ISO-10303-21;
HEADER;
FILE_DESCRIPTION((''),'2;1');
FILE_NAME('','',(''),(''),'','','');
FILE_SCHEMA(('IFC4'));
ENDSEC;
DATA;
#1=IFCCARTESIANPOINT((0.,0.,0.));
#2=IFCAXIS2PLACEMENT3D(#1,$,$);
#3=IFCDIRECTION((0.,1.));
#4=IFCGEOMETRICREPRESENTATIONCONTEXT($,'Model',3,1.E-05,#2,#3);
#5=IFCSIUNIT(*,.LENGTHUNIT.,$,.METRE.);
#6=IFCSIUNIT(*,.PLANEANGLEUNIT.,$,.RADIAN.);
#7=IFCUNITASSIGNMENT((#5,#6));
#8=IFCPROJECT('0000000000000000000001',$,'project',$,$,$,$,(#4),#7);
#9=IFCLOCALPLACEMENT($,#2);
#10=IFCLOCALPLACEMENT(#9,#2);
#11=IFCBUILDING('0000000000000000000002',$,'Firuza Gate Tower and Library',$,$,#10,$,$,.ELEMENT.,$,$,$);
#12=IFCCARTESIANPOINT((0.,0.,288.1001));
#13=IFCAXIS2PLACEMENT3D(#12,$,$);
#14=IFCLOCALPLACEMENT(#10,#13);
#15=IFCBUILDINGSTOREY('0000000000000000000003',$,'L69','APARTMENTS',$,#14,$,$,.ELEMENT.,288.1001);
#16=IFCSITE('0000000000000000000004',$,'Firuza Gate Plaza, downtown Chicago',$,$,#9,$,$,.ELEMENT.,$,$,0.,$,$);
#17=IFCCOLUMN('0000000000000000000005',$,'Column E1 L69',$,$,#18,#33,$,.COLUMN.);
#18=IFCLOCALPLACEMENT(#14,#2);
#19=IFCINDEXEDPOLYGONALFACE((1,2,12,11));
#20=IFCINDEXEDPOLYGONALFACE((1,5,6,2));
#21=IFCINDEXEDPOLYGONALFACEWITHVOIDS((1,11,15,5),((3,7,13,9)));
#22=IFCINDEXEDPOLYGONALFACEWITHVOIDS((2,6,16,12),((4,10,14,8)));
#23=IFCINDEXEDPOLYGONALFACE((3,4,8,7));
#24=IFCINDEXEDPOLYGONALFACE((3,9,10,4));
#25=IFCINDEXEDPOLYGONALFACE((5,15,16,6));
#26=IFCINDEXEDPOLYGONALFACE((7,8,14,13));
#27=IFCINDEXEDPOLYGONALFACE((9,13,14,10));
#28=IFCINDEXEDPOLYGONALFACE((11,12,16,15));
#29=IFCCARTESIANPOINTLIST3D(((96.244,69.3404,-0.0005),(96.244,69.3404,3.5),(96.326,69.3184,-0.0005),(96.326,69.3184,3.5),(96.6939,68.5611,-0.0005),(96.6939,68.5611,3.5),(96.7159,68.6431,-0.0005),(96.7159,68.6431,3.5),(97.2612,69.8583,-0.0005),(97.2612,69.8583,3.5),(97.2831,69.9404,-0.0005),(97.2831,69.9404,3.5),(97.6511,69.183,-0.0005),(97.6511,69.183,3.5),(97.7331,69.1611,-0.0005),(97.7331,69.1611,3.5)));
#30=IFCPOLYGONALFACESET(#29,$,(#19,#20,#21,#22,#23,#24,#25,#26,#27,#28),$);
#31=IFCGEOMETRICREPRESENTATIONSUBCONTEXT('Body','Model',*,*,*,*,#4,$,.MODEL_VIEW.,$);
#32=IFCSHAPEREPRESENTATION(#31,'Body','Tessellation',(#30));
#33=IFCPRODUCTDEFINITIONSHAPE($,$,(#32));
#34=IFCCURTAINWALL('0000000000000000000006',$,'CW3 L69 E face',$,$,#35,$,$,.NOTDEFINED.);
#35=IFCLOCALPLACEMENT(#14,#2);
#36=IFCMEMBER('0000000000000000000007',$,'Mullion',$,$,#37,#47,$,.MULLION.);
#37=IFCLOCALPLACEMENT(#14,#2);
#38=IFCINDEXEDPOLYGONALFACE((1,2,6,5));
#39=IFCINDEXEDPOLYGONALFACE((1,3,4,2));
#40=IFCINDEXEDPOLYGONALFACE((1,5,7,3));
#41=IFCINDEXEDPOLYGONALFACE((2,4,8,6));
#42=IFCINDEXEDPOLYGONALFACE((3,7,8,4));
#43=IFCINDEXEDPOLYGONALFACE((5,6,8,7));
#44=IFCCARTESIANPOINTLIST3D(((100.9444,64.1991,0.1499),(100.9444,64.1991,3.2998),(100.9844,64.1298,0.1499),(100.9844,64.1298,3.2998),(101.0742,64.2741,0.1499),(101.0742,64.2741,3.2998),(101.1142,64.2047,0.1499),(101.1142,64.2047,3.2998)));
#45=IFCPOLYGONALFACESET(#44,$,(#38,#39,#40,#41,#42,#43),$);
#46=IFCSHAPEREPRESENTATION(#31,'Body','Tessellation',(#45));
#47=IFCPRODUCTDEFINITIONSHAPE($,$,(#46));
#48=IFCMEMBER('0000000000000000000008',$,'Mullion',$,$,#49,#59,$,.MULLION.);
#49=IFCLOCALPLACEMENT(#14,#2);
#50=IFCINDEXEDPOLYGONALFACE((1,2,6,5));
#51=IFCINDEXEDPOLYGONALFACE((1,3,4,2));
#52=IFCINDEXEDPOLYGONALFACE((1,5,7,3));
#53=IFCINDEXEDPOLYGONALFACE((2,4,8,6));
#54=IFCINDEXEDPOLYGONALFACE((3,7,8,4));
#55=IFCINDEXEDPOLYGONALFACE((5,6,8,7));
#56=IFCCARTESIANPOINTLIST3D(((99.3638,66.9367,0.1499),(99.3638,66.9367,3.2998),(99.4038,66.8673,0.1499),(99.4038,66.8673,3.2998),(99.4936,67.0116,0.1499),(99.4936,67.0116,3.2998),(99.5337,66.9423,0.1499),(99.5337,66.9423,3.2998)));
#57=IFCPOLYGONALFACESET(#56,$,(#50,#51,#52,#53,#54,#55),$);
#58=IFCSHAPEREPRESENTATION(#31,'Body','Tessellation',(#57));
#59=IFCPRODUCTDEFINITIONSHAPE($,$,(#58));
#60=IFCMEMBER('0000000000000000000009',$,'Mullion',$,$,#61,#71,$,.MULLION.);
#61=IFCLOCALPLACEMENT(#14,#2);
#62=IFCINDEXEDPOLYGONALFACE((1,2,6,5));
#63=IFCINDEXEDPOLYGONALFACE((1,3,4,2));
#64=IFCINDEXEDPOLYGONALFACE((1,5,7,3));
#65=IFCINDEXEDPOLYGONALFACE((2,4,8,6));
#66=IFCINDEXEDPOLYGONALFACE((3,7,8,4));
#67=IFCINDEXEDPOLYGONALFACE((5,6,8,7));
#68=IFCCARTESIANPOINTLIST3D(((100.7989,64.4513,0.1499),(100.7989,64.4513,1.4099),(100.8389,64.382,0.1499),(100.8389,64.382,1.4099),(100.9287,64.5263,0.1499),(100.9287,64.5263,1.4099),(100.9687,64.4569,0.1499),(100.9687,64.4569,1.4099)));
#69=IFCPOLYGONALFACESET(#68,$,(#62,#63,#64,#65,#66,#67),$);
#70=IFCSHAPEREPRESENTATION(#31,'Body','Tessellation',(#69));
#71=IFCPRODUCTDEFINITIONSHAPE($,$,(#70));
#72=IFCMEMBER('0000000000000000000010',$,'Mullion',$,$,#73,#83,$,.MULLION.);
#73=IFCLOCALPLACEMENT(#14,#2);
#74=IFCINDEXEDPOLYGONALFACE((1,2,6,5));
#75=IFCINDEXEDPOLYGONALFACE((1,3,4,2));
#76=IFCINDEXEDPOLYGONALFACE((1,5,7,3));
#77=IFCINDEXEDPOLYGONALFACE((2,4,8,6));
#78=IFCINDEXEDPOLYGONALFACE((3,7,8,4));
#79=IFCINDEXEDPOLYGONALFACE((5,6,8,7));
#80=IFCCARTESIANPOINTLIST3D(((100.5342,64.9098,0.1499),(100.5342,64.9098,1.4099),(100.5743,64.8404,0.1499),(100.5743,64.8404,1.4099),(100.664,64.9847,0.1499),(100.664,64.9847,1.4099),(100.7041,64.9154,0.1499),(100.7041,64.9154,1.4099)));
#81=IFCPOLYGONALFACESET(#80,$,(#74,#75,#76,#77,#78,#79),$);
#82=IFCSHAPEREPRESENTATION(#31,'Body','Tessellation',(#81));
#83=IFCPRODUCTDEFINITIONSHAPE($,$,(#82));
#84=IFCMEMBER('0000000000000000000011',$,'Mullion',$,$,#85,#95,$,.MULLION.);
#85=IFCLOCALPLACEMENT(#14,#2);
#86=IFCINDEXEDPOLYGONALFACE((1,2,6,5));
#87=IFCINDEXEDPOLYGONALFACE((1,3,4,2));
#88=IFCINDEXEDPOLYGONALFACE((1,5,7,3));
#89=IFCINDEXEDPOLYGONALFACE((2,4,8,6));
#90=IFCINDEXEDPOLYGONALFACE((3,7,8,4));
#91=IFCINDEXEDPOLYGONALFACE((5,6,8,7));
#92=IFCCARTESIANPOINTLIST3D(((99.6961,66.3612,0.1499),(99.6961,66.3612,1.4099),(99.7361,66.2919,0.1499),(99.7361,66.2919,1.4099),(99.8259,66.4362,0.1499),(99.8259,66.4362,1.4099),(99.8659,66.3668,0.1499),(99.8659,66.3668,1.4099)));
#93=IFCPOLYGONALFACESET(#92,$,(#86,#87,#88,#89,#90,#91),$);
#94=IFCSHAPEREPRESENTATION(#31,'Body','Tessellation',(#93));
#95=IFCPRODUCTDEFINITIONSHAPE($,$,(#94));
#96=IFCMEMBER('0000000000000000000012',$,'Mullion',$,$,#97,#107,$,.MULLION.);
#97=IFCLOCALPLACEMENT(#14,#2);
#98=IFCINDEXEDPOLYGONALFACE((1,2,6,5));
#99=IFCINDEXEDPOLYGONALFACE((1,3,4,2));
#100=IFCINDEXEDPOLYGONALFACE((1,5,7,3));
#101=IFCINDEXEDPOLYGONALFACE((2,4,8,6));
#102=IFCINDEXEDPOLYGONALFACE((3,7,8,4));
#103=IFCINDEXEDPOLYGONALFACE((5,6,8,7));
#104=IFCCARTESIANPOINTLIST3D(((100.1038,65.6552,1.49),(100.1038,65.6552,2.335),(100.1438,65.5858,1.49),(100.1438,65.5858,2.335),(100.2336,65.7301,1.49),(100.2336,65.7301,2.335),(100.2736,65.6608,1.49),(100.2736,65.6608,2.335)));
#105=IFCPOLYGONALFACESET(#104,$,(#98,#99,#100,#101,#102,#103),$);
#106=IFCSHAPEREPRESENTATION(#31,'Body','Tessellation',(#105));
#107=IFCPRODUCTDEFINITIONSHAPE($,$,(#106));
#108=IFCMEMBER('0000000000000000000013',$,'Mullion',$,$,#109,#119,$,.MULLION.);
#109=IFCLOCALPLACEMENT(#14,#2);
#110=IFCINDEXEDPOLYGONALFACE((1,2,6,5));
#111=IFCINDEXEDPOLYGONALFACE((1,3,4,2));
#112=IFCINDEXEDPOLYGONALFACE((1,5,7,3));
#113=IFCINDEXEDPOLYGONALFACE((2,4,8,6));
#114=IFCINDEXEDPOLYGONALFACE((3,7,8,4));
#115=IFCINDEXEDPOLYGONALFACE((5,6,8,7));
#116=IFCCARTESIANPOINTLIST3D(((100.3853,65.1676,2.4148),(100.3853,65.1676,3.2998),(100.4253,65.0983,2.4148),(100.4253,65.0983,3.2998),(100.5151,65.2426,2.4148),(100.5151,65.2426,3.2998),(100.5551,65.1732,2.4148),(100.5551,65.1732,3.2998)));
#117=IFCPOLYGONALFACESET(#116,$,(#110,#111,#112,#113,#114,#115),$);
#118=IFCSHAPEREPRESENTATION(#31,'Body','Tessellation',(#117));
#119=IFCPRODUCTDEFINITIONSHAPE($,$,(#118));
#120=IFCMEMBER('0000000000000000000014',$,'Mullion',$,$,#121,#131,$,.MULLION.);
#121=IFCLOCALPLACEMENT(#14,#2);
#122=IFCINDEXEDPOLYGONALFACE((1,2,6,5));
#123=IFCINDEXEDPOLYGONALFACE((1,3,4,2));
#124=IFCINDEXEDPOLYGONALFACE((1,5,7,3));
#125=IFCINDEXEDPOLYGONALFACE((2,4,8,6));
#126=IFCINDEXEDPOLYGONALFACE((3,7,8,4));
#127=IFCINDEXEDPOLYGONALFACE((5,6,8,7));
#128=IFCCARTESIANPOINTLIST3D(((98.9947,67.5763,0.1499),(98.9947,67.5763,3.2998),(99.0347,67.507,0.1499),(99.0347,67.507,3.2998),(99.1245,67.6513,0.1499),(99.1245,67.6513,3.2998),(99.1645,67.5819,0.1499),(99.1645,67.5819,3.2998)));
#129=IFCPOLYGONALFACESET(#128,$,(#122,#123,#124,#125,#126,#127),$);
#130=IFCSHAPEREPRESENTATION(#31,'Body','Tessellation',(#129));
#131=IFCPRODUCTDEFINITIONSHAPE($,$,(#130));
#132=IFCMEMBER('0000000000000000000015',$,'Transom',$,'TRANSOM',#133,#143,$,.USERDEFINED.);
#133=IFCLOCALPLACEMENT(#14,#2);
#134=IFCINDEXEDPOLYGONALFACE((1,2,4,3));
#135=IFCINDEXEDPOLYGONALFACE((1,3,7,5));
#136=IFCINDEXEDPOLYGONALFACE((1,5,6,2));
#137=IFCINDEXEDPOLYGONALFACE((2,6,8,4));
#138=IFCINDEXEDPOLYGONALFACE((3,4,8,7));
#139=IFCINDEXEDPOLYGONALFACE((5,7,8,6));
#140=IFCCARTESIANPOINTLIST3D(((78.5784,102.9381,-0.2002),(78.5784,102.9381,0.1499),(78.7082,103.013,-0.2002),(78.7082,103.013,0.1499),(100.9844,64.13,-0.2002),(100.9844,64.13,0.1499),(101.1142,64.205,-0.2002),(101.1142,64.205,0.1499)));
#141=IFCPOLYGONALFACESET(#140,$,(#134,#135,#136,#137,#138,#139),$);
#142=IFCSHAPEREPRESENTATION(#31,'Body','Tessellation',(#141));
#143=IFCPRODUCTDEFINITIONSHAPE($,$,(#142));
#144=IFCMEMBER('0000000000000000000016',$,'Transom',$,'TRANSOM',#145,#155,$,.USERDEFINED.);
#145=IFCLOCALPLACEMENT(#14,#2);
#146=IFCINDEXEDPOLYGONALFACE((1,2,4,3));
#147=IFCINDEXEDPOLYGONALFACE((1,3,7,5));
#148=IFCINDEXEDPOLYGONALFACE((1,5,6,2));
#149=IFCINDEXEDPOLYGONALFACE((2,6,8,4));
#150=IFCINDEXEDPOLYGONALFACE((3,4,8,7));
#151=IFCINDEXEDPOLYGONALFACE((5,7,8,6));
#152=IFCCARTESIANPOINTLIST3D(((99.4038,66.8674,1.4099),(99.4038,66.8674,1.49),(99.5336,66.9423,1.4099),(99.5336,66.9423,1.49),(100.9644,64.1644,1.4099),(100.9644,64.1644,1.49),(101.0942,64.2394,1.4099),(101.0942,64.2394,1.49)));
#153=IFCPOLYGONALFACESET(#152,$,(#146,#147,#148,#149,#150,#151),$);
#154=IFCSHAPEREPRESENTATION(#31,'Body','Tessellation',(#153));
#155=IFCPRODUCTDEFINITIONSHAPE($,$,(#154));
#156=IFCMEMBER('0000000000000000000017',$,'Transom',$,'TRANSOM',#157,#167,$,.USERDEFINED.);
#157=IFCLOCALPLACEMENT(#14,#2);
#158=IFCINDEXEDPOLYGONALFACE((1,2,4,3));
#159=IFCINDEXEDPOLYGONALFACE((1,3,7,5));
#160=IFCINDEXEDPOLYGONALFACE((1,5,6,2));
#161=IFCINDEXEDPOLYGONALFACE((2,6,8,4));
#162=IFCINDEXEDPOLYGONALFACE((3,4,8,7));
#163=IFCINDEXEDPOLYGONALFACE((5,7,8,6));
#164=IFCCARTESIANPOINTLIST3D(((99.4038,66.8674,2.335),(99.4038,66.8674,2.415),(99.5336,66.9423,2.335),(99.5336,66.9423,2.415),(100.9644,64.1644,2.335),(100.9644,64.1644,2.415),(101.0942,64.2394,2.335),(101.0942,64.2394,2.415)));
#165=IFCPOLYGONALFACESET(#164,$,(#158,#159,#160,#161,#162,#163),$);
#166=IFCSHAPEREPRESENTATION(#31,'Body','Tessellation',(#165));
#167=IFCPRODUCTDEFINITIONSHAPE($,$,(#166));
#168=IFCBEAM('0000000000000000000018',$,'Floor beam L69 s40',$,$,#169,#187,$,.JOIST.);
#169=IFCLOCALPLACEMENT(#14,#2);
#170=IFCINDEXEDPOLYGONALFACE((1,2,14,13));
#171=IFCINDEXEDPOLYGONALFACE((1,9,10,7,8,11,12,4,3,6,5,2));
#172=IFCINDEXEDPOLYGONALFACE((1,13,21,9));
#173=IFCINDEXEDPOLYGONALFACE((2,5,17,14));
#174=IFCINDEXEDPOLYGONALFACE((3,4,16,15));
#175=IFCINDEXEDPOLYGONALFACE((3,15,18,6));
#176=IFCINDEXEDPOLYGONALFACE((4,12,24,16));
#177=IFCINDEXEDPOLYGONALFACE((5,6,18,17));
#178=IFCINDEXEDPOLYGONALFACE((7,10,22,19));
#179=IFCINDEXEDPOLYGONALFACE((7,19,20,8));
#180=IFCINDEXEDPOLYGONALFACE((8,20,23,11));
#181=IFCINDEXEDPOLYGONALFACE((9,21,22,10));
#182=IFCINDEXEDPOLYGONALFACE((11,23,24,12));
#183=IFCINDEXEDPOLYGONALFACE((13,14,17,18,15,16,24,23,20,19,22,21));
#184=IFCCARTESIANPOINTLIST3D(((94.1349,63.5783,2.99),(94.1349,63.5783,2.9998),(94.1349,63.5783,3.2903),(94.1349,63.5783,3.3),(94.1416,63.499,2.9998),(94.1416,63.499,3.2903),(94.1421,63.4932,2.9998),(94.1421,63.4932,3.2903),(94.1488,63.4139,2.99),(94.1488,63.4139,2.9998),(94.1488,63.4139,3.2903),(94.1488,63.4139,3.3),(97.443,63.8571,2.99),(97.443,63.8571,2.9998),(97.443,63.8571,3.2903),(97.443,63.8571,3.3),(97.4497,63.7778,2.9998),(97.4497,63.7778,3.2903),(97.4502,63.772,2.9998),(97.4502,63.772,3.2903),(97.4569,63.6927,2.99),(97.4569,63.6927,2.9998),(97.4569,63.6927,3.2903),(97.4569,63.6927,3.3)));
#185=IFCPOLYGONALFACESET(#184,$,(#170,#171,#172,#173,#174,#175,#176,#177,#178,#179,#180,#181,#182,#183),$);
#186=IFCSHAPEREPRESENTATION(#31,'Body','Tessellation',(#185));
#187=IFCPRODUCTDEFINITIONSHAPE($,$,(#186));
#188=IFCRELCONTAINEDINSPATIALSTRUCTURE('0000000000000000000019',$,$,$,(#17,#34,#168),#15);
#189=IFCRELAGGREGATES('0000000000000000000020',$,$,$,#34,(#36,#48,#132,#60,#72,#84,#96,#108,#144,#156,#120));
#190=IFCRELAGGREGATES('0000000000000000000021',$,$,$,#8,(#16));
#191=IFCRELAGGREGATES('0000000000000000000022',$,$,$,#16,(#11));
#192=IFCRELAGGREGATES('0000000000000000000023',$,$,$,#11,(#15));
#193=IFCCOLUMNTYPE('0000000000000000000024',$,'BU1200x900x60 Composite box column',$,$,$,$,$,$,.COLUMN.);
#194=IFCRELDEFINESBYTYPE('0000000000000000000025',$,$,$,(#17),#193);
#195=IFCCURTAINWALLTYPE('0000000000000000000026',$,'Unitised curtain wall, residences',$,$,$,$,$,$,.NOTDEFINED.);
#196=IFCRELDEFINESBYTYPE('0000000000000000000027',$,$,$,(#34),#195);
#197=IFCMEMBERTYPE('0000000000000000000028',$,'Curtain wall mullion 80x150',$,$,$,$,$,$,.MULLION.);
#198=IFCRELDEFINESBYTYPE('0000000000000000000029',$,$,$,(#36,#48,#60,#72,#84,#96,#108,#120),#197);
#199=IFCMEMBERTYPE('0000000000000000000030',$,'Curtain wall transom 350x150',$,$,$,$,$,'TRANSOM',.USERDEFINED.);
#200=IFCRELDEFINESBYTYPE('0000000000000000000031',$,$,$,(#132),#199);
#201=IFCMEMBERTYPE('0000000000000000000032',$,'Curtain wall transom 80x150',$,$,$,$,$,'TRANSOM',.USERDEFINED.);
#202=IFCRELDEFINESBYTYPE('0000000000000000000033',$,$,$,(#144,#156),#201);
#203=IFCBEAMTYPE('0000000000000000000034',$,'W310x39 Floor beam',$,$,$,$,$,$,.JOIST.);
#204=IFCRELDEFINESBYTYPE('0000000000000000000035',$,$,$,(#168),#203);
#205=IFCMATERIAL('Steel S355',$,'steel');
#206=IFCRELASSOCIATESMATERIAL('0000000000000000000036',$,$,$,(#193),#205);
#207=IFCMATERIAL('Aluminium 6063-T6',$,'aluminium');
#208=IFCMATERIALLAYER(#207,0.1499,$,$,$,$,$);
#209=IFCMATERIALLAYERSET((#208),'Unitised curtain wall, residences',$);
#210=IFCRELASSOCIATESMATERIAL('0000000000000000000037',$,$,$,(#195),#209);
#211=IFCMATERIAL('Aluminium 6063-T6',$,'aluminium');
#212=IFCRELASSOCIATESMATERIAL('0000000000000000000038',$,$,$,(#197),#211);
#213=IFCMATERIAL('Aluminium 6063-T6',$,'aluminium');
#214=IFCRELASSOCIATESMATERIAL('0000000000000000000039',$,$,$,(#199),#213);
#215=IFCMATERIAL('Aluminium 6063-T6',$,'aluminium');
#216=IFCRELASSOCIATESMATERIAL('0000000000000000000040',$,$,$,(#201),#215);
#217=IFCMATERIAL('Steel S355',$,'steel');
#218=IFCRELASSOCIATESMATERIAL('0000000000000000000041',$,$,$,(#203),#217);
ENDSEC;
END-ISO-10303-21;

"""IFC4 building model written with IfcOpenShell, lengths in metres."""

from ifc_helpers import new_model, si_unit, direction, frame, origin, origin_2d, place, context, subcontext, project, spatial, rectangle, hollow_rectangle, i_section, extrude, material, layer, layer_set, material_profile, profile_set, type_object, element, aggregate, save


model = new_model("IFC4")

# Units and contexts
model_context = context("Model", 3, precision=1e-05, world=origin(), true_north=direction((0.0, 1.0)))
body_context = subcontext(model_context, "Body", "Model", "MODEL_VIEW")
ifc_project = project(units=[si_unit("LENGTHUNIT", "METRE"), si_unit("PLANEANGLEUNIT", "RADIAN")], contexts=[model_context])

# Site, building, storey
site_placement = place(None, origin())
site = spatial("IfcSite", under=ifc_project, at=site_placement, Name="Firuza Gate Plaza, downtown Chicago", CompositionType="ELEMENT", RefElevation=0.0)
building_placement = place(site_placement, origin())
building = spatial("IfcBuilding", under=site, at=building_placement, Name="Firuza Gate Tower and Library", CompositionType="ELEMENT")
storey_placement = place(building_placement, frame((0.0, 0.0, 288.1001)))
storey = spatial("IfcBuildingStorey", under=building, at=storey_placement, Name="L69", Description="APARTMENTS", CompositionType="ELEMENT", Elevation=288.1001)

# Column
ifc_material_1 = material(Name="Steel S355", Category="steel")
ifc_material_profile_1 = material_profile(ifc_material_1, hollow_rectangle(XDim=0.8999, YDim=1.2, WallThickness=0.0601, at=origin_2d()))
ifc_profile_set_1 = profile_set([ifc_material_profile_1], Name="Steel S355")
column_type = type_object("IfcColumnType", Name="BU1200x900x60 Composite box column", PredefinedType="COLUMN", material=ifc_profile_set_1)
column_placement = place(storey_placement, frame((96.9885, 69.2507, -0.0005), z_axis=(0.0, 0.0, 1.0), x_axis=(-0.5, 0.866025, 0.0)))
element("IfcColumn", 1, at=column_placement, inside=storey, type_object=column_type, Name="Column E1 L69", PredefinedType="COLUMN", context=body_context, shape_type="SweptSolid", body=[
    extrude(hollow_rectangle(XDim=0.8999, YDim=1.2, WallThickness=0.0601, at=origin_2d()), origin(), (0.0, 0.0, 1.0), 3.5005),
])

# Curtain wall, members
ifc_material_2 = material(Name="Aluminium 6063-T6", Category="aluminium")
ifc_layer_1 = layer(ifc_material_2, 0.1499)
ifc_layer_set_1 = layer_set([ifc_layer_1], Name="Unitised curtain wall, residences")
curtain_wall_type_1 = type_object("IfcCurtainWallType", Name="Unitised curtain wall, residences", PredefinedType="NOTDEFINED", material=ifc_layer_set_1)
placement = place(storey_placement, origin())
curtain_wall_1 = element("IfcCurtainWall", 2, at=placement, inside=storey, type_object=curtain_wall_type_1, Name="CW3 L69 E face", PredefinedType="NOTDEFINED")
ifc_material_3 = material(Name="Aluminium 6063-T6", Category="aluminium")
ifc_material_profile_2 = material_profile(ifc_material_3, rectangle(XDim=0.1499, YDim=0.0801, at=origin_2d()))
ifc_profile_set_2 = profile_set([ifc_material_profile_2], Name="Aluminium 6063-T6")
member_type_1 = type_object("IfcMemberType", Name="Curtain wall mullion 80x150", PredefinedType="MULLION", material=ifc_profile_set_2)
member_1_placement = place(storey_placement, frame((101.0293, 64.2019, 0.1499), z_axis=(0.0, 0.0, 1.0), x_axis=(-0.866025, -0.5, 0.0)))
member_1 = element("IfcMember", 3, at=member_1_placement, type_object=member_type_1, Name="Mullion", PredefinedType="MULLION", context=body_context, shape_type="SweptSolid", body=[
    extrude(rectangle(XDim=0.1499, YDim=0.0801, at=origin_2d()), origin(), (0.0, 0.0, 1.0), 3.1499),
])
member_2_placement = place(storey_placement, frame((99.4487, 66.9395, 0.1499), z_axis=(0.0, 0.0, 1.0), x_axis=(-0.866025, -0.5, 0.0)))
member_2 = element("IfcMember", 4, at=member_2_placement, type_object=member_type_1, Name="Mullion", PredefinedType="MULLION", context=body_context, shape_type="SweptSolid", body=[
    extrude(rectangle(XDim=0.1499, YDim=0.0801, at=origin_2d()), origin(), (0.0, 0.0, 1.0), 3.1499),
])
member_3_placement = place(storey_placement, frame((100.8838, 64.4541, 0.1499), z_axis=(0.0, 0.0, 1.0), x_axis=(-0.866025, -0.5, 0.0)))
member_3 = element("IfcMember", 5, at=member_3_placement, type_object=member_type_1, Name="Mullion", PredefinedType="MULLION", context=body_context, shape_type="SweptSolid", body=[
    extrude(rectangle(XDim=0.1499, YDim=0.0801, at=origin_2d()), origin(), (0.0, 0.0, 1.0), 1.26),
])
member_4_placement = place(storey_placement, frame((100.6191, 64.9126, 0.1499), z_axis=(0.0, 0.0, 1.0), x_axis=(-0.866025, -0.5, 0.0)))
member_4 = element("IfcMember", 6, at=member_4_placement, type_object=member_type_1, Name="Mullion", PredefinedType="MULLION", context=body_context, shape_type="SweptSolid", body=[
    extrude(rectangle(XDim=0.1499, YDim=0.0801, at=origin_2d()), origin(), (0.0, 0.0, 1.0), 1.26),
])
member_5_placement = place(storey_placement, frame((99.781, 66.364, 0.1499), z_axis=(0.0, 0.0, 1.0), x_axis=(-0.866025, -0.5, 0.0)))
member_5 = element("IfcMember", 7, at=member_5_placement, type_object=member_type_1, Name="Mullion", PredefinedType="MULLION", context=body_context, shape_type="SweptSolid", body=[
    extrude(rectangle(XDim=0.1499, YDim=0.0801, at=origin_2d()), origin(), (0.0, 0.0, 1.0), 1.26),
])
member_6_placement = place(storey_placement, frame((100.1887, 65.658, 1.49), z_axis=(0.0, 0.0, 1.0), x_axis=(-0.866025, -0.5, 0.0)))
member_6 = element("IfcMember", 8, at=member_6_placement, type_object=member_type_1, Name="Mullion", PredefinedType="MULLION", context=body_context, shape_type="SweptSolid", body=[
    extrude(rectangle(XDim=0.1499, YDim=0.0801, at=origin_2d()), origin(), (0.0, 0.0, 1.0), 0.845),
])
member_7_placement = place(storey_placement, frame((100.4702, 65.1704, 2.4148), z_axis=(0.0, 0.0, 1.0), x_axis=(-0.866025, -0.5, 0.0)))
member_7 = element("IfcMember", 9, at=member_7_placement, type_object=member_type_1, Name="Mullion", PredefinedType="MULLION", context=body_context, shape_type="SweptSolid", body=[
    extrude(rectangle(XDim=0.1499, YDim=0.0801, at=origin_2d()), origin(), (0.0, 0.0, 1.0), 0.885),
])
member_8_placement = place(storey_placement, frame((99.0796, 67.5791, 0.1499), z_axis=(0.0, 0.0, 1.0), x_axis=(-0.866025, -0.5, 0.0)))
member_8 = element("IfcMember", 10, at=member_8_placement, type_object=member_type_1, Name="Mullion", PredefinedType="MULLION", context=body_context, shape_type="SweptSolid", body=[
    extrude(rectangle(XDim=0.1499, YDim=0.0801, at=origin_2d()), origin(), (0.0, 0.0, 1.0), 3.1499),
])
ifc_material_4 = material(Name="Aluminium 6063-T6", Category="aluminium")
ifc_material_profile_3 = material_profile(ifc_material_4, rectangle(XDim=0.1499, YDim=0.3501, at=origin_2d()))
ifc_profile_set_3 = profile_set([ifc_material_profile_3], Name="Aluminium 6063-T6")
member_type_2 = type_object("IfcMemberType", Name="Curtain wall transom 350x150", ElementType="TRANSOM", PredefinedType="USERDEFINED", material=ifc_profile_set_3)
member_9_placement = place(storey_placement, frame((101.0493, 64.1675, -0.0251), z_axis=(-0.500002, 0.866024, 0.0), x_axis=(-0.866024, -0.500002, 0.0)))
member_9 = element("IfcMember", 11, at=member_9_placement, type_object=member_type_2, Name="Transom", ObjectType="TRANSOM", PredefinedType="USERDEFINED", context=body_context, shape_type="SweptSolid", body=[
    extrude(rectangle(XDim=0.1499, YDim=0.3501, at=origin_2d()), origin(), (0.0, 0.0, 1.0), 44.8118),
])
ifc_material_5 = material(Name="Aluminium 6063-T6", Category="aluminium")
ifc_material_profile_4 = material_profile(ifc_material_5, rectangle(XDim=0.1499, YDim=0.0801, at=origin_2d()))
ifc_profile_set_4 = profile_set([ifc_material_profile_4], Name="Aluminium 6063-T6")
member_type_3 = type_object("IfcMemberType", Name="Curtain wall transom 80x150", ElementType="TRANSOM", PredefinedType="USERDEFINED", material=ifc_profile_set_4)
member_10_placement = place(storey_placement, frame((101.0293, 64.2019, 1.45), z_axis=(-0.500009, 0.86602, 0.0), x_axis=(-0.86602, -0.500009, 0.0)))
member_10 = element("IfcMember", 12, at=member_10_placement, type_object=member_type_3, Name="Transom", ObjectType="TRANSOM", PredefinedType="USERDEFINED", context=body_context, shape_type="SweptSolid", body=[
    extrude(rectangle(XDim=0.1499, YDim=0.0801, at=origin_2d()), origin(), (0.0, 0.0, 1.0), 3.1211),
])
member_11_placement = place(storey_placement, frame((101.0293, 64.2019, 2.375), z_axis=(-0.500009, 0.86602, 0.0), x_axis=(-0.86602, -0.500009, 0.0)))
member_11 = element("IfcMember", 13, at=member_11_placement, type_object=member_type_3, Name="Transom", ObjectType="TRANSOM", PredefinedType="USERDEFINED", context=body_context, shape_type="SweptSolid", body=[
    extrude(rectangle(XDim=0.1499, YDim=0.0801, at=origin_2d()), origin(), (0.0, 0.0, 1.0), 3.1211),
])

# Beam
ifc_material_6 = material(Name="Steel S355", Category="steel")
ifc_material_profile_5 = material_profile(ifc_material_6, i_section(OverallWidth=0.165, OverallDepth=0.3101, WebThickness=0.0059, FlangeThickness=0.0098, at=origin_2d()))
ifc_profile_set_5 = profile_set([ifc_material_profile_5], Name="Steel S355")
beam_type_1 = type_object("IfcBeamType", Name="W310x39 Floor beam", PredefinedType="JOIST", material=ifc_profile_set_5)
beam_1_placement = place(storey_placement, frame((97.45, 63.7749, 3.145), z_axis=(-0.996467, -0.083983, 0.0), x_axis=(0.083983, -0.996467, 0.0)))
element("IfcBeam", 14, at=beam_1_placement, inside=storey, type_object=beam_type_1, Name="Floor beam L69 s40", PredefinedType="JOIST", context=body_context, shape_type="SweptSolid", body=[
    extrude(i_section(OverallWidth=0.165, OverallDepth=0.3101, WebThickness=0.0059, FlangeThickness=0.0098, at=origin_2d()), origin(), (0.0, 0.0, 1.0), 3.3198),
])

aggregate(curtain_wall_1, [member_1, member_2, member_9, member_3, member_4, member_5, member_6, member_7, member_10, member_11, member_8])

save(model, "model.ifc")
